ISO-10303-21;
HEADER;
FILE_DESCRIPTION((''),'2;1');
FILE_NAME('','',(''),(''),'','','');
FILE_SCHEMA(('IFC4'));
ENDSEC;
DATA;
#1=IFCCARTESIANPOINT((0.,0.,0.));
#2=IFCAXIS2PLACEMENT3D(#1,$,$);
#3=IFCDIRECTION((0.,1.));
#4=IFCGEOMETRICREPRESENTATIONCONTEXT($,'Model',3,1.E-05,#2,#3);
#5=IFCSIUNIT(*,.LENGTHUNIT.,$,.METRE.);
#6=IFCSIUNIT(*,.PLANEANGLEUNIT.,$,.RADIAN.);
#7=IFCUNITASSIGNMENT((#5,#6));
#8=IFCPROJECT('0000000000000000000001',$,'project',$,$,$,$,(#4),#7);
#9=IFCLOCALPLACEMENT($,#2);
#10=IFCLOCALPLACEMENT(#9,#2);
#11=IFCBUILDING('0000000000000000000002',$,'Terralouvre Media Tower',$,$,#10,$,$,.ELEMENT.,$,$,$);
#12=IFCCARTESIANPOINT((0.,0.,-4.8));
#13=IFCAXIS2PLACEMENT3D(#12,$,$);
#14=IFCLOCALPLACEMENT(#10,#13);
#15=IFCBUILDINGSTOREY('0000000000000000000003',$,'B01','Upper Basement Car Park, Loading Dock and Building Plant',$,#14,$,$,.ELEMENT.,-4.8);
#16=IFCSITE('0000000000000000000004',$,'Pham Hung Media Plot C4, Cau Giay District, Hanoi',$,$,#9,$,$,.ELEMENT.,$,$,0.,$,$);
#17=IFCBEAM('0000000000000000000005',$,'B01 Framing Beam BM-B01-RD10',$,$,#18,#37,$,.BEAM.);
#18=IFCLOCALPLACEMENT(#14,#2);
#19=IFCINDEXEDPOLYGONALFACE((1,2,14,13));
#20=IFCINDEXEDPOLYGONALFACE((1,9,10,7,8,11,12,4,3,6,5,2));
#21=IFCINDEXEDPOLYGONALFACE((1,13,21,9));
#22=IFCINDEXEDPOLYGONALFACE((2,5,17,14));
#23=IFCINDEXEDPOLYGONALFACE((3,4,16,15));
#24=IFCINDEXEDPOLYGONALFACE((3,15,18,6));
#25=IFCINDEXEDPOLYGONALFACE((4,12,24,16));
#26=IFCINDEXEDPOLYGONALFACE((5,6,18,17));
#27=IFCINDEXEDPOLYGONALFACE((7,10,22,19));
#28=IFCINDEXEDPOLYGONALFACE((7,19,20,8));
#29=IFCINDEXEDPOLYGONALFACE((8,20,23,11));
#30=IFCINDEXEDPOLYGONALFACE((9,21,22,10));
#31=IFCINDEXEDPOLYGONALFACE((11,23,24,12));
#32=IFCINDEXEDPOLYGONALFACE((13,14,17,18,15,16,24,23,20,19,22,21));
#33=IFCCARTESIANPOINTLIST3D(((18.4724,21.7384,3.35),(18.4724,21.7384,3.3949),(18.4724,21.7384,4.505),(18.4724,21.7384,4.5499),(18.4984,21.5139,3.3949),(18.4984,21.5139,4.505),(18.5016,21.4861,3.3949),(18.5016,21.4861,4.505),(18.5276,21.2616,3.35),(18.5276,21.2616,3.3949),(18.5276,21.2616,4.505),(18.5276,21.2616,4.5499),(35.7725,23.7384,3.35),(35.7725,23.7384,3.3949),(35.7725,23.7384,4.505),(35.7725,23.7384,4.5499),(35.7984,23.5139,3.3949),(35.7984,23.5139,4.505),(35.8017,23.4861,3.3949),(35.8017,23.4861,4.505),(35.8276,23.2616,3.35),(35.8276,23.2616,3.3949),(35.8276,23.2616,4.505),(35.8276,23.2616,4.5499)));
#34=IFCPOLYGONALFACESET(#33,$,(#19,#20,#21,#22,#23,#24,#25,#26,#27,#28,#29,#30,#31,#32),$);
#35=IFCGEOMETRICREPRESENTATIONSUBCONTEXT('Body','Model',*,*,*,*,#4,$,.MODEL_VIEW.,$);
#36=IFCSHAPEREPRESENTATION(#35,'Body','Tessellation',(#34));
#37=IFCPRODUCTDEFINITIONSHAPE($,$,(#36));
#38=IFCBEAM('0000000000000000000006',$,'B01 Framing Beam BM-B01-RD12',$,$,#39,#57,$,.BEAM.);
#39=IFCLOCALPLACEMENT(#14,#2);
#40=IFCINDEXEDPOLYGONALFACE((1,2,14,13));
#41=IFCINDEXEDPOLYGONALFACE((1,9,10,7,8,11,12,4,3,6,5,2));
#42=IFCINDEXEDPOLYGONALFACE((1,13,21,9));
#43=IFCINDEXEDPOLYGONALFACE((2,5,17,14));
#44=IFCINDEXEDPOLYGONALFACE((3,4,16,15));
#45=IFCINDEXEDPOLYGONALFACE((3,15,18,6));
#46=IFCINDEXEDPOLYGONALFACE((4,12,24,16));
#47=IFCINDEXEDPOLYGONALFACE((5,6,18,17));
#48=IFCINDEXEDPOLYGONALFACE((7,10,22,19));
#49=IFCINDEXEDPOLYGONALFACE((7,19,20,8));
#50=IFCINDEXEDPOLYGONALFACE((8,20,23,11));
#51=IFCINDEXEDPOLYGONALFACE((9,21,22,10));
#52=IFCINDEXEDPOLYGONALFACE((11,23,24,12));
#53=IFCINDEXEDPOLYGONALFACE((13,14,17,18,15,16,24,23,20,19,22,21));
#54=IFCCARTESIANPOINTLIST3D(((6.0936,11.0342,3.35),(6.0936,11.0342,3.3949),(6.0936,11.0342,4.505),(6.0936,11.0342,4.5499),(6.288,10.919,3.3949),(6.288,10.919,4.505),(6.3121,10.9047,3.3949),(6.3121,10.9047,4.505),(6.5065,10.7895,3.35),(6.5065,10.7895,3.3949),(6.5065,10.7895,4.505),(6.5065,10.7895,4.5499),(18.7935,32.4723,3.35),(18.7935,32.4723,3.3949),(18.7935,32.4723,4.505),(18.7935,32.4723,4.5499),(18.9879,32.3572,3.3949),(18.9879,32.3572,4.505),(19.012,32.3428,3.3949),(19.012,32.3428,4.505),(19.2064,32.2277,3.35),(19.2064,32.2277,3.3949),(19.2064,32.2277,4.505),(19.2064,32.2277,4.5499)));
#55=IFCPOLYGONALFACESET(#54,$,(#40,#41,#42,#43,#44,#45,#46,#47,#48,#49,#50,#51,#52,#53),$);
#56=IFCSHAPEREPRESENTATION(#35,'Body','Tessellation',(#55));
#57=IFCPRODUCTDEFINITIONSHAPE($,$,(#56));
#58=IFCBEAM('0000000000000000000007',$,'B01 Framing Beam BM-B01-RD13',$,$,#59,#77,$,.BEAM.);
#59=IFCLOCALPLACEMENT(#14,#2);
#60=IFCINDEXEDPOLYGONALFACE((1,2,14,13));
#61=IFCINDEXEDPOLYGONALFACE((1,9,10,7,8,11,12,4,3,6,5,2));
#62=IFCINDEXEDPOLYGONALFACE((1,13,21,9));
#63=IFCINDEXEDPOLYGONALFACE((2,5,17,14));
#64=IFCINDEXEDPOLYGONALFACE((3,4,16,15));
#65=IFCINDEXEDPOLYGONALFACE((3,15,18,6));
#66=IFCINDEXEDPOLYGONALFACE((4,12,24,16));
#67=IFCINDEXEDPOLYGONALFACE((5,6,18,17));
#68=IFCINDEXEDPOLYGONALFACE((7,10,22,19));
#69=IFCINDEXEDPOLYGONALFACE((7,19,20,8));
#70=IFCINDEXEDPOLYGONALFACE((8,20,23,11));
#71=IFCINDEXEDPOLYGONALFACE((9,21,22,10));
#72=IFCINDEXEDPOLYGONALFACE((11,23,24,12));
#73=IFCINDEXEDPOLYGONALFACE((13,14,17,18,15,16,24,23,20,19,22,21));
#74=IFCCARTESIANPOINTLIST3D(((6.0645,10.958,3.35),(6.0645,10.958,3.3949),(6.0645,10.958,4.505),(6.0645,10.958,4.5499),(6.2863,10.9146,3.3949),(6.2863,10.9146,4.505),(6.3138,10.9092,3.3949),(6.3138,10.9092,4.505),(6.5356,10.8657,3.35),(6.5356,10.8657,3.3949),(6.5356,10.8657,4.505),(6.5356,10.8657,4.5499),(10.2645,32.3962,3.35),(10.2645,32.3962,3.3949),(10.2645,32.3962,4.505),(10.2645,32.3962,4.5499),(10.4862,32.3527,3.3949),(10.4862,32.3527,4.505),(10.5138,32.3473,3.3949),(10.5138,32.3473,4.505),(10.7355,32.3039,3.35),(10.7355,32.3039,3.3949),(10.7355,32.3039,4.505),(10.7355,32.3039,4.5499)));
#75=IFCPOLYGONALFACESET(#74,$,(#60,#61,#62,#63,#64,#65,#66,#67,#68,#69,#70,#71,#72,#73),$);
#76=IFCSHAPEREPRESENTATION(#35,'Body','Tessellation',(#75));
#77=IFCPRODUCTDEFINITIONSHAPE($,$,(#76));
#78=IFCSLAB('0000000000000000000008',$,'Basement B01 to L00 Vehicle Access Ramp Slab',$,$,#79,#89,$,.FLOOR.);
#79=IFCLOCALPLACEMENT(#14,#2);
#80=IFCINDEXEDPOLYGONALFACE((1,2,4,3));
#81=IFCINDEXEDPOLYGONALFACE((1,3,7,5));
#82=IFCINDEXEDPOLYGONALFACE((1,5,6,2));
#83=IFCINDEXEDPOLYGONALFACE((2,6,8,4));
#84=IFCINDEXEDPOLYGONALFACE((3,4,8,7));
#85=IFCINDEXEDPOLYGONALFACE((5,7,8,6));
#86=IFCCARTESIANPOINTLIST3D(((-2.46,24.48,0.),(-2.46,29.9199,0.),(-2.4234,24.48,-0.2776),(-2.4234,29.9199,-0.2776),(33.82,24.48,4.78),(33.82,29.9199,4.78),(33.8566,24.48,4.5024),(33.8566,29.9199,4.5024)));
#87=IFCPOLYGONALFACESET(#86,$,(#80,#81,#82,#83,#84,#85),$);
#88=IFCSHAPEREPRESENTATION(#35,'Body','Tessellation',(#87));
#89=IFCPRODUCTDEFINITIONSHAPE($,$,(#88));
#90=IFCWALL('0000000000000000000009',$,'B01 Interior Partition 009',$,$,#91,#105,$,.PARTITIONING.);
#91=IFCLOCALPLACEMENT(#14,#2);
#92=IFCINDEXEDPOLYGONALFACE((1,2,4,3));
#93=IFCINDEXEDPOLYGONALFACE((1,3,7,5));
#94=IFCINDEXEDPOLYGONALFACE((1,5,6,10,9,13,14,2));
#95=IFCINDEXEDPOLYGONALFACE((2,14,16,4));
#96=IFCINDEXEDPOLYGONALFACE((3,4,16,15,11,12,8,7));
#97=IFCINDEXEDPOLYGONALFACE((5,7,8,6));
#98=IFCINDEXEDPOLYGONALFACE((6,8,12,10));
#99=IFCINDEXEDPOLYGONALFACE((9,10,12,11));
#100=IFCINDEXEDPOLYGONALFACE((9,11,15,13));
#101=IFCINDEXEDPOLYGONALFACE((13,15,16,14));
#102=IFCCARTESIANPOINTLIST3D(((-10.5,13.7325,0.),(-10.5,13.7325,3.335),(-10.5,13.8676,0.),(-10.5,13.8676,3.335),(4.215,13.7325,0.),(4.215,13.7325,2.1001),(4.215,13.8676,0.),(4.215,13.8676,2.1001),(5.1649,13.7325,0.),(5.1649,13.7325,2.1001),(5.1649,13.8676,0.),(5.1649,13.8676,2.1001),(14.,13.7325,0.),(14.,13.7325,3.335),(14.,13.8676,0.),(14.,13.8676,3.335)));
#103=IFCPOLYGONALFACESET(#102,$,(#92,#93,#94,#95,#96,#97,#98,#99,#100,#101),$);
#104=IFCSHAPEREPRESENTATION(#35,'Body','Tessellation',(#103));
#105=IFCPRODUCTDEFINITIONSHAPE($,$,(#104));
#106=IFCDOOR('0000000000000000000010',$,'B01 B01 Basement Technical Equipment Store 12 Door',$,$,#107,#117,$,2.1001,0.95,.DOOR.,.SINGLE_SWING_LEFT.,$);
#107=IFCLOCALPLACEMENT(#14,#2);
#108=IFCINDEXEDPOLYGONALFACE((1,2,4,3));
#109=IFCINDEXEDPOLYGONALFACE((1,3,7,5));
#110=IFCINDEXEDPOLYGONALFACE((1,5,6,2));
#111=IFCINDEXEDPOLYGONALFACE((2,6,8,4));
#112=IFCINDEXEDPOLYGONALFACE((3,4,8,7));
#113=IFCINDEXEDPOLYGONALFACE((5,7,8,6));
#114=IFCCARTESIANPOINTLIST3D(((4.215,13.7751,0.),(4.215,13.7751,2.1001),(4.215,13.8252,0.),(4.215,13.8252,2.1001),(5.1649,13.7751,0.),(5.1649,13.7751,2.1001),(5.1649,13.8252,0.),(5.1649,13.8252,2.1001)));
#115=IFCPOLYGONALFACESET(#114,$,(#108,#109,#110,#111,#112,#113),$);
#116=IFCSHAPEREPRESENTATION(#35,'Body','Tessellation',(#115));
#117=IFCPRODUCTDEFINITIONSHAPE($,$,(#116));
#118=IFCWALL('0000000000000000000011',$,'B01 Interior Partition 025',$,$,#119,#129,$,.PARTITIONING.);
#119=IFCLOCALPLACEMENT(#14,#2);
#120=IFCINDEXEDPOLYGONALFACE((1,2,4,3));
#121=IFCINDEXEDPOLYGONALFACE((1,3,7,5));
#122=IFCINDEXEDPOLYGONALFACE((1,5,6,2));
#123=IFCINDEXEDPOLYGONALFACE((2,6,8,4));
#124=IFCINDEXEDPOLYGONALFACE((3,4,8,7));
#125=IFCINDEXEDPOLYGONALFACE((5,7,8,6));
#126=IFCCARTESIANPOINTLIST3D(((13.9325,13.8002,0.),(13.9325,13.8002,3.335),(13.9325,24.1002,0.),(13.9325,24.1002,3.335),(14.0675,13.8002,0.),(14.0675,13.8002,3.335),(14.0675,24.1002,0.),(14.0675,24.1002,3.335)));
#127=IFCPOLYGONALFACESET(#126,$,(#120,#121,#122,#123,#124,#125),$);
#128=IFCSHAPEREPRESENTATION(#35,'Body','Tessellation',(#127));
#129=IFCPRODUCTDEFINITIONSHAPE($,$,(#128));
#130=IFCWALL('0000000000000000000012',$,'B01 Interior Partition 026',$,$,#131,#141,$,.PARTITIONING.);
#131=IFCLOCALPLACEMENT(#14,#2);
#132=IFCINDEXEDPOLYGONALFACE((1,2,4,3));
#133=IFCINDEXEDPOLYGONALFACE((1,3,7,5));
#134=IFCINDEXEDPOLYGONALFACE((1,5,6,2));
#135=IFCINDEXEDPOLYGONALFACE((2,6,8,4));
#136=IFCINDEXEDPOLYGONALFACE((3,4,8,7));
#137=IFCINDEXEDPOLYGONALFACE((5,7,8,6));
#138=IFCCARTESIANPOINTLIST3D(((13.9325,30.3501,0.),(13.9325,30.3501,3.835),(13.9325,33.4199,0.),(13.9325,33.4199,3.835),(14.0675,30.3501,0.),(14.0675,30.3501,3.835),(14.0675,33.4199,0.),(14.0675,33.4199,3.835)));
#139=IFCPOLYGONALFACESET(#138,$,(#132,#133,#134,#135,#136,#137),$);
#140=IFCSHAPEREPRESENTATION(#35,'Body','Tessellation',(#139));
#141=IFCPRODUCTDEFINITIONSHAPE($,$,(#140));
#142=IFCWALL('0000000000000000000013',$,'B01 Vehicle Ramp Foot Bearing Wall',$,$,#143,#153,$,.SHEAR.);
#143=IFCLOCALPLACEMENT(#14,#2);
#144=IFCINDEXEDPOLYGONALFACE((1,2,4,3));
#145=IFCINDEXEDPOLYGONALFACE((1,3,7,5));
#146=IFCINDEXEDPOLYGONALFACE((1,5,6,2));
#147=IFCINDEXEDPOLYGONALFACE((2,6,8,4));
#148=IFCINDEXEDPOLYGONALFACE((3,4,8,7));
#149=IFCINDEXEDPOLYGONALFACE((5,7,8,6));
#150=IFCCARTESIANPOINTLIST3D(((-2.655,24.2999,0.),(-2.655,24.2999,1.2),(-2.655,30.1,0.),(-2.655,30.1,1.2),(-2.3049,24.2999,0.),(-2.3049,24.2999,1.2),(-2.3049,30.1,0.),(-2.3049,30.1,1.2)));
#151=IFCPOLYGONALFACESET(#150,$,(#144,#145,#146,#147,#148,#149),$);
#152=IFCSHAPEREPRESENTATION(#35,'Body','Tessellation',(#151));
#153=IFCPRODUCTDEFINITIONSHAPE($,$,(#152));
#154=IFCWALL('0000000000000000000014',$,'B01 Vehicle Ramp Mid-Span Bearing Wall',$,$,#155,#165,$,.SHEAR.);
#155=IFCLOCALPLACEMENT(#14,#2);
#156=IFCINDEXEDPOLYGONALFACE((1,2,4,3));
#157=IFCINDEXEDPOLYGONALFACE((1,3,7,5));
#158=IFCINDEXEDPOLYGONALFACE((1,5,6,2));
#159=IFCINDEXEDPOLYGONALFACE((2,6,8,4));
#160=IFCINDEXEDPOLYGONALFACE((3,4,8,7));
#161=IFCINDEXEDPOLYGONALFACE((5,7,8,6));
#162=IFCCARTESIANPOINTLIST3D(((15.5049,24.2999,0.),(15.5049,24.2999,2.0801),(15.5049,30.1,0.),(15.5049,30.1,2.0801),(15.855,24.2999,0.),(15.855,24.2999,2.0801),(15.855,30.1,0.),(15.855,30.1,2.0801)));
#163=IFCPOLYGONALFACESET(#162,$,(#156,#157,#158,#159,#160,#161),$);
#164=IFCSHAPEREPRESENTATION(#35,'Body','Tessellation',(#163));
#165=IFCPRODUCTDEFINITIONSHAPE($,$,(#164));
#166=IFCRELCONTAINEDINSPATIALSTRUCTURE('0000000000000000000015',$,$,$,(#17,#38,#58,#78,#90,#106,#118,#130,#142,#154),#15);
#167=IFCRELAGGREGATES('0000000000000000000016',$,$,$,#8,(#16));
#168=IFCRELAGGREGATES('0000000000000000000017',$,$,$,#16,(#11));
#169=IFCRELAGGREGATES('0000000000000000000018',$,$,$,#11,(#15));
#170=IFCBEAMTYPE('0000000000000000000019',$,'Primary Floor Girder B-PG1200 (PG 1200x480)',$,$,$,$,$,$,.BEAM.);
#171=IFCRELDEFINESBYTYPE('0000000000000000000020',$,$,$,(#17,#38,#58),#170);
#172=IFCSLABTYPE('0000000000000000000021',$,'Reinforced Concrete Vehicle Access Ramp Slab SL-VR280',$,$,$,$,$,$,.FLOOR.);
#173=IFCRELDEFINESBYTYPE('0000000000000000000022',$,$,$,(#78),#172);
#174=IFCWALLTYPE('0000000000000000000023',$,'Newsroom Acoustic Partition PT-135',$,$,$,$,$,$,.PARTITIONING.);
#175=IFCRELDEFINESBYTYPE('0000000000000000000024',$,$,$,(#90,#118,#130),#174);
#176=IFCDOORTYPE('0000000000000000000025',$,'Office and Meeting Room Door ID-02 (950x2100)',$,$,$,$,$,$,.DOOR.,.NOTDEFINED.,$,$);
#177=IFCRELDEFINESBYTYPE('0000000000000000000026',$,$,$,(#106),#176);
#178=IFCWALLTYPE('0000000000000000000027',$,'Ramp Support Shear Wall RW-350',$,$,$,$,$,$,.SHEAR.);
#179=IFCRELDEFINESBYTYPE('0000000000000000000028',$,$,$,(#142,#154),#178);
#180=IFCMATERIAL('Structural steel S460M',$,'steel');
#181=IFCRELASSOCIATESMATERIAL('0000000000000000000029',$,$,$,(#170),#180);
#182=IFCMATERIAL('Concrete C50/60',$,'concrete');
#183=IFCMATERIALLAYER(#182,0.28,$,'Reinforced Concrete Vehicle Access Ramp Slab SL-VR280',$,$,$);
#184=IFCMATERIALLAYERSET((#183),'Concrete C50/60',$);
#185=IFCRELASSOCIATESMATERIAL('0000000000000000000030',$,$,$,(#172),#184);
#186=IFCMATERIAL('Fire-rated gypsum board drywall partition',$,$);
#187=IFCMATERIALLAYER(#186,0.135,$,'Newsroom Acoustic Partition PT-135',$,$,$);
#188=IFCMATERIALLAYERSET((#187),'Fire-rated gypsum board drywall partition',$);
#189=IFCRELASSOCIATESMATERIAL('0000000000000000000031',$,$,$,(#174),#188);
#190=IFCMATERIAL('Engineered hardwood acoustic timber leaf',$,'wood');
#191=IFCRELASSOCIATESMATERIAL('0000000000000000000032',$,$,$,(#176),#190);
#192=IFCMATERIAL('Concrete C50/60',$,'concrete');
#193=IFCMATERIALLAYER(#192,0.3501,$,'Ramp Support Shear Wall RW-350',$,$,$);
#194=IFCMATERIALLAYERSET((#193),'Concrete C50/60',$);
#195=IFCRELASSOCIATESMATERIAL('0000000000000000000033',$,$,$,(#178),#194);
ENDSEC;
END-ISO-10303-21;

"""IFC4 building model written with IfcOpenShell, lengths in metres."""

from ifc_helpers import new_model, si_unit, direction, frame, frame_2d, origin, origin_2d, place, context, subcontext, project, spatial, polyline, rectangle, i_section, outline, extrude, material, layer, layer_set, material_profile, profile_set, type_object, element, fill, save


model = new_model("IFC4")

# Units and contexts
model_context = context("Model", 3, precision=1e-05, world=origin(), true_north=direction((0.0, 1.0)))
body_context = subcontext(model_context, "Body", "Model", "MODEL_VIEW")
ifc_project = project(units=[si_unit("LENGTHUNIT", "METRE"), si_unit("PLANEANGLEUNIT", "RADIAN")], contexts=[model_context])

# Site, building, storey
site_placement = place(None, origin())
site = spatial("IfcSite", under=ifc_project, at=site_placement, Name="Pham Hung Media Plot C4, Cau Giay District, Hanoi", CompositionType="ELEMENT", RefElevation=0.0)
building_placement = place(site_placement, origin())
building = spatial("IfcBuilding", under=site, at=building_placement, Name="Terralouvre Media Tower", CompositionType="ELEMENT")
storey_placement = place(building_placement, frame((0.0, 0.0, -4.8)))
storey = spatial("IfcBuildingStorey", under=building, at=storey_placement, Name="B01", Description="Upper Basement Car Park, Loading Dock and Building Plant", CompositionType="ELEMENT", Elevation=-4.8)

# Beams
ifc_material_1 = material(Name="Structural steel S460M", Category="steel")
ifc_material_profile_1 = material_profile(ifc_material_1, i_section(OverallWidth=0.48, OverallDepth=1.2, WebThickness=0.0281, FlangeThickness=0.0449, at=origin_2d()), Name="PG 1200x480")
ifc_profile_set_1 = profile_set([ifc_material_profile_1], Name="Structural steel S460M")
beam_type_1 = type_object("IfcBeamType", Name="Primary Floor Girder B-PG1200 (PG 1200x480)", PredefinedType="BEAM", material=ifc_profile_set_1)
beam_1_placement = place(storey_placement, frame((18.5, 21.5, 3.95), z_axis=(0.993384, 0.114842, 0.0), x_axis=(-0.114842, 0.993384, 0.0)))
element("IfcBeam", 1, at=beam_1_placement, inside=storey, type_object=beam_type_1, Name="B01 Framing Beam BM-B01-RD10", PredefinedType="BEAM", context=body_context, shape_type="SweptSolid", body=[
    extrude(i_section(OverallWidth=0.48, OverallDepth=1.2, WebThickness=0.0281, FlangeThickness=0.0449, at=origin_2d()), origin(), (0.0, 0.0, 1.0), 17.4153),
])
beam_2_placement = place(storey_placement, frame((6.3, 10.9119, 3.95), z_axis=(0.509678, 0.860365, 0.0), x_axis=(-0.860365, 0.509678, 0.0)))
element("IfcBeam", 2, at=beam_2_placement, inside=storey, type_object=beam_type_1, Name="B01 Framing Beam BM-B01-RD12", PredefinedType="BEAM", context=body_context, shape_type="SweptSolid", body=[
    extrude(i_section(OverallWidth=0.48, OverallDepth=1.2, WebThickness=0.0281, FlangeThickness=0.0449, at=origin_2d()), origin(), (0.0, 0.0, 1.0), 24.9175),
])
beam_3_placement = place(storey_placement, frame((6.3, 10.9119, 3.95), z_axis=(0.192255, 0.981345, 0.0), x_axis=(-0.981345, 0.192255, 0.0)))
element("IfcBeam", 3, at=beam_3_placement, inside=storey, type_object=beam_type_1, Name="B01 Framing Beam BM-B01-RD13", PredefinedType="BEAM", context=body_context, shape_type="SweptSolid", body=[
    extrude(i_section(OverallWidth=0.48, OverallDepth=1.2, WebThickness=0.0281, FlangeThickness=0.0449, at=origin_2d()), origin(), (0.0, 0.0, 1.0), 21.8457),
])

# Slab
ifc_material_2 = material(Name="Concrete C50/60", Category="concrete")
ifc_layer_1 = layer(ifc_material_2, 0.28, Name="Reinforced Concrete Vehicle Access Ramp Slab SL-VR280")
ifc_layer_set_1 = layer_set([ifc_layer_1], Name="Concrete C50/60")
slab_type = type_object("IfcSlabType", Name="Reinforced Concrete Vehicle Access Ramp Slab SL-VR280", PredefinedType="FLOOR", material=ifc_layer_set_1)
slab_placement = place(storey_placement, frame((-2.46, 24.48, 0.0), z_axis=(-0.130625, 0.0, 0.991432), x_axis=(0.991432, 0.0, 0.130625)))
element("IfcSlab", 4, at=slab_placement, inside=storey, type_object=slab_type, Name="Basement B01 to L00 Vehicle Access Ramp Slab", PredefinedType="FLOOR", context=body_context, shape_type="SweptSolid", body=[
    extrude(outline(polyline([(0.0, 0.0), (36.5935, 0.0), (36.5935, 5.4399), (0.0, 5.4399), (0.0, 0.0)])), origin(), (0.0, 0.0, -1.0), 0.28),
])

# Wall, opening, door
ifc_material_3 = material(Name="Fire-rated gypsum board drywall partition")
ifc_layer_2 = layer(ifc_material_3, 0.135, Name="Newsroom Acoustic Partition PT-135")
ifc_layer_set_2 = layer_set([ifc_layer_2], Name="Fire-rated gypsum board drywall partition")
wall_type_1 = type_object("IfcWallType", Name="Newsroom Acoustic Partition PT-135", PredefinedType="PARTITIONING", material=ifc_layer_set_2)
wall_1_placement = place(storey_placement, frame((14.0, 13.8, 0.0), z_axis=(0.0, 0.0, 1.0), x_axis=(-1.0, 0.0, 0.0)))
wall_1 = element("IfcWall", 5, at=wall_1_placement, inside=storey, type_object=wall_type_1, Name="B01 Interior Partition 009", PredefinedType="PARTITIONING", context=body_context, shape_type="SweptSolid", body=[
    extrude(rectangle(XDim=24.5, YDim=0.135, at=frame_2d((12.25, 0.0))), origin(), (0.0, 0.0, 1.0), 3.335),
])
opening_placement = place(wall_1_placement, frame((8.835, 0.0, 0.0)))
opening = element("IfcOpeningElement", 6, at=opening_placement, cuts=wall_1, PredefinedType="OPENING", context=body_context, shape_type="SweptSolid", body=[
    extrude(rectangle(XDim=0.95, YDim=2.1001, at=frame_2d((0.4751, 1.05))), frame((0.0, 0.0774, 0.0), z_axis=(0.0, -1.0, 0.0), x_axis=(1.0, 0.0, 0.0)), (0.0, 0.0, 1.0), 0.155),
])
ifc_material_4 = material(Name="Engineered hardwood acoustic timber leaf", Category="wood")
door_type = type_object("IfcDoorType", Name="Office and Meeting Room Door ID-02 (950x2100)", OperationType="NOTDEFINED", PredefinedType="DOOR", material=ifc_material_4)
door_placement = place(opening_placement, origin())
door = element("IfcDoor", 7, at=door_placement, inside=storey, type_object=door_type, Name="B01 B01 Basement Technical Equipment Store 12 Door", OperationType="SINGLE_SWING_LEFT", OverallHeight=2.1001, OverallWidth=0.95, PredefinedType="DOOR", context=body_context, shape_type="SweptSolid", body=[
    extrude(rectangle(XDim=0.95, YDim=2.1001, at=frame_2d((0.4751, 1.05))), frame((0.0, 0.0249, 0.0), z_axis=(0.0, -1.0, 0.0), x_axis=(1.0, 0.0, 0.0)), (0.0, 0.0, 1.0), 0.05),
])
fill(opening, door)

# Walls
wall_2_placement = place(storey_placement, frame((14.0, 24.1001, 0.0), z_axis=(0.0, 0.0, 1.0), x_axis=(0.0, -1.0, 0.0)))
element("IfcWall", 8, at=wall_2_placement, inside=storey, type_object=wall_type_1, Name="B01 Interior Partition 025", PredefinedType="PARTITIONING", context=body_context, shape_type="SweptSolid", body=[
    extrude(rectangle(XDim=10.3, YDim=0.135, at=frame_2d((5.1499, 0.0))), origin(), (0.0, 0.0, 1.0), 3.335),
])
wall_3_placement = place(storey_placement, frame((14.0, 33.4199, 0.0), z_axis=(0.0, 0.0, 1.0), x_axis=(0.0, -1.0, 0.0)))
element("IfcWall", 9, at=wall_3_placement, inside=storey, type_object=wall_type_1, Name="B01 Interior Partition 026", PredefinedType="PARTITIONING", context=body_context, shape_type="SweptSolid", body=[
    extrude(rectangle(XDim=3.0698, YDim=0.135, at=frame_2d((1.5349, 0.0))), origin(), (0.0, 0.0, 1.0), 3.835),
])
ifc_material_5 = material(Name="Concrete C50/60", Category="concrete")
ifc_layer_3 = layer(ifc_material_5, 0.3501, Name="Ramp Support Shear Wall RW-350")
ifc_layer_set_3 = layer_set([ifc_layer_3], Name="Concrete C50/60")
wall_type_2 = type_object("IfcWallType", Name="Ramp Support Shear Wall RW-350", PredefinedType="SHEAR", material=ifc_layer_set_3)
wall_4_placement = place(storey_placement, frame((-2.48, 24.3, 0.0), z_axis=(0.0, 0.0, 1.0), x_axis=(0.0, 1.0, 0.0)))
element("IfcWall", 10, at=wall_4_placement, inside=storey, type_object=wall_type_2, Name="B01 Vehicle Ramp Foot Bearing Wall", PredefinedType="SHEAR", context=body_context, shape_type="SweptSolid", body=[
    extrude(rectangle(XDim=5.8, YDim=0.3501, at=frame_2d((2.8999, 0.0))), origin(), (0.0, 0.0, 1.0), 1.2),
])
wall_5_placement = place(storey_placement, frame((15.6799, 24.3, 0.0), z_axis=(0.0, 0.0, 1.0), x_axis=(0.0, 1.0, 0.0)))
element("IfcWall", 11, at=wall_5_placement, inside=storey, type_object=wall_type_2, Name="B01 Vehicle Ramp Mid-Span Bearing Wall", PredefinedType="SHEAR", context=body_context, shape_type="SweptSolid", body=[
    extrude(rectangle(XDim=5.8, YDim=0.3501, at=frame_2d((2.8999, 0.0))), origin(), (0.0, 0.0, 1.0), 2.0801),
])

save(model, "model.ifc")
